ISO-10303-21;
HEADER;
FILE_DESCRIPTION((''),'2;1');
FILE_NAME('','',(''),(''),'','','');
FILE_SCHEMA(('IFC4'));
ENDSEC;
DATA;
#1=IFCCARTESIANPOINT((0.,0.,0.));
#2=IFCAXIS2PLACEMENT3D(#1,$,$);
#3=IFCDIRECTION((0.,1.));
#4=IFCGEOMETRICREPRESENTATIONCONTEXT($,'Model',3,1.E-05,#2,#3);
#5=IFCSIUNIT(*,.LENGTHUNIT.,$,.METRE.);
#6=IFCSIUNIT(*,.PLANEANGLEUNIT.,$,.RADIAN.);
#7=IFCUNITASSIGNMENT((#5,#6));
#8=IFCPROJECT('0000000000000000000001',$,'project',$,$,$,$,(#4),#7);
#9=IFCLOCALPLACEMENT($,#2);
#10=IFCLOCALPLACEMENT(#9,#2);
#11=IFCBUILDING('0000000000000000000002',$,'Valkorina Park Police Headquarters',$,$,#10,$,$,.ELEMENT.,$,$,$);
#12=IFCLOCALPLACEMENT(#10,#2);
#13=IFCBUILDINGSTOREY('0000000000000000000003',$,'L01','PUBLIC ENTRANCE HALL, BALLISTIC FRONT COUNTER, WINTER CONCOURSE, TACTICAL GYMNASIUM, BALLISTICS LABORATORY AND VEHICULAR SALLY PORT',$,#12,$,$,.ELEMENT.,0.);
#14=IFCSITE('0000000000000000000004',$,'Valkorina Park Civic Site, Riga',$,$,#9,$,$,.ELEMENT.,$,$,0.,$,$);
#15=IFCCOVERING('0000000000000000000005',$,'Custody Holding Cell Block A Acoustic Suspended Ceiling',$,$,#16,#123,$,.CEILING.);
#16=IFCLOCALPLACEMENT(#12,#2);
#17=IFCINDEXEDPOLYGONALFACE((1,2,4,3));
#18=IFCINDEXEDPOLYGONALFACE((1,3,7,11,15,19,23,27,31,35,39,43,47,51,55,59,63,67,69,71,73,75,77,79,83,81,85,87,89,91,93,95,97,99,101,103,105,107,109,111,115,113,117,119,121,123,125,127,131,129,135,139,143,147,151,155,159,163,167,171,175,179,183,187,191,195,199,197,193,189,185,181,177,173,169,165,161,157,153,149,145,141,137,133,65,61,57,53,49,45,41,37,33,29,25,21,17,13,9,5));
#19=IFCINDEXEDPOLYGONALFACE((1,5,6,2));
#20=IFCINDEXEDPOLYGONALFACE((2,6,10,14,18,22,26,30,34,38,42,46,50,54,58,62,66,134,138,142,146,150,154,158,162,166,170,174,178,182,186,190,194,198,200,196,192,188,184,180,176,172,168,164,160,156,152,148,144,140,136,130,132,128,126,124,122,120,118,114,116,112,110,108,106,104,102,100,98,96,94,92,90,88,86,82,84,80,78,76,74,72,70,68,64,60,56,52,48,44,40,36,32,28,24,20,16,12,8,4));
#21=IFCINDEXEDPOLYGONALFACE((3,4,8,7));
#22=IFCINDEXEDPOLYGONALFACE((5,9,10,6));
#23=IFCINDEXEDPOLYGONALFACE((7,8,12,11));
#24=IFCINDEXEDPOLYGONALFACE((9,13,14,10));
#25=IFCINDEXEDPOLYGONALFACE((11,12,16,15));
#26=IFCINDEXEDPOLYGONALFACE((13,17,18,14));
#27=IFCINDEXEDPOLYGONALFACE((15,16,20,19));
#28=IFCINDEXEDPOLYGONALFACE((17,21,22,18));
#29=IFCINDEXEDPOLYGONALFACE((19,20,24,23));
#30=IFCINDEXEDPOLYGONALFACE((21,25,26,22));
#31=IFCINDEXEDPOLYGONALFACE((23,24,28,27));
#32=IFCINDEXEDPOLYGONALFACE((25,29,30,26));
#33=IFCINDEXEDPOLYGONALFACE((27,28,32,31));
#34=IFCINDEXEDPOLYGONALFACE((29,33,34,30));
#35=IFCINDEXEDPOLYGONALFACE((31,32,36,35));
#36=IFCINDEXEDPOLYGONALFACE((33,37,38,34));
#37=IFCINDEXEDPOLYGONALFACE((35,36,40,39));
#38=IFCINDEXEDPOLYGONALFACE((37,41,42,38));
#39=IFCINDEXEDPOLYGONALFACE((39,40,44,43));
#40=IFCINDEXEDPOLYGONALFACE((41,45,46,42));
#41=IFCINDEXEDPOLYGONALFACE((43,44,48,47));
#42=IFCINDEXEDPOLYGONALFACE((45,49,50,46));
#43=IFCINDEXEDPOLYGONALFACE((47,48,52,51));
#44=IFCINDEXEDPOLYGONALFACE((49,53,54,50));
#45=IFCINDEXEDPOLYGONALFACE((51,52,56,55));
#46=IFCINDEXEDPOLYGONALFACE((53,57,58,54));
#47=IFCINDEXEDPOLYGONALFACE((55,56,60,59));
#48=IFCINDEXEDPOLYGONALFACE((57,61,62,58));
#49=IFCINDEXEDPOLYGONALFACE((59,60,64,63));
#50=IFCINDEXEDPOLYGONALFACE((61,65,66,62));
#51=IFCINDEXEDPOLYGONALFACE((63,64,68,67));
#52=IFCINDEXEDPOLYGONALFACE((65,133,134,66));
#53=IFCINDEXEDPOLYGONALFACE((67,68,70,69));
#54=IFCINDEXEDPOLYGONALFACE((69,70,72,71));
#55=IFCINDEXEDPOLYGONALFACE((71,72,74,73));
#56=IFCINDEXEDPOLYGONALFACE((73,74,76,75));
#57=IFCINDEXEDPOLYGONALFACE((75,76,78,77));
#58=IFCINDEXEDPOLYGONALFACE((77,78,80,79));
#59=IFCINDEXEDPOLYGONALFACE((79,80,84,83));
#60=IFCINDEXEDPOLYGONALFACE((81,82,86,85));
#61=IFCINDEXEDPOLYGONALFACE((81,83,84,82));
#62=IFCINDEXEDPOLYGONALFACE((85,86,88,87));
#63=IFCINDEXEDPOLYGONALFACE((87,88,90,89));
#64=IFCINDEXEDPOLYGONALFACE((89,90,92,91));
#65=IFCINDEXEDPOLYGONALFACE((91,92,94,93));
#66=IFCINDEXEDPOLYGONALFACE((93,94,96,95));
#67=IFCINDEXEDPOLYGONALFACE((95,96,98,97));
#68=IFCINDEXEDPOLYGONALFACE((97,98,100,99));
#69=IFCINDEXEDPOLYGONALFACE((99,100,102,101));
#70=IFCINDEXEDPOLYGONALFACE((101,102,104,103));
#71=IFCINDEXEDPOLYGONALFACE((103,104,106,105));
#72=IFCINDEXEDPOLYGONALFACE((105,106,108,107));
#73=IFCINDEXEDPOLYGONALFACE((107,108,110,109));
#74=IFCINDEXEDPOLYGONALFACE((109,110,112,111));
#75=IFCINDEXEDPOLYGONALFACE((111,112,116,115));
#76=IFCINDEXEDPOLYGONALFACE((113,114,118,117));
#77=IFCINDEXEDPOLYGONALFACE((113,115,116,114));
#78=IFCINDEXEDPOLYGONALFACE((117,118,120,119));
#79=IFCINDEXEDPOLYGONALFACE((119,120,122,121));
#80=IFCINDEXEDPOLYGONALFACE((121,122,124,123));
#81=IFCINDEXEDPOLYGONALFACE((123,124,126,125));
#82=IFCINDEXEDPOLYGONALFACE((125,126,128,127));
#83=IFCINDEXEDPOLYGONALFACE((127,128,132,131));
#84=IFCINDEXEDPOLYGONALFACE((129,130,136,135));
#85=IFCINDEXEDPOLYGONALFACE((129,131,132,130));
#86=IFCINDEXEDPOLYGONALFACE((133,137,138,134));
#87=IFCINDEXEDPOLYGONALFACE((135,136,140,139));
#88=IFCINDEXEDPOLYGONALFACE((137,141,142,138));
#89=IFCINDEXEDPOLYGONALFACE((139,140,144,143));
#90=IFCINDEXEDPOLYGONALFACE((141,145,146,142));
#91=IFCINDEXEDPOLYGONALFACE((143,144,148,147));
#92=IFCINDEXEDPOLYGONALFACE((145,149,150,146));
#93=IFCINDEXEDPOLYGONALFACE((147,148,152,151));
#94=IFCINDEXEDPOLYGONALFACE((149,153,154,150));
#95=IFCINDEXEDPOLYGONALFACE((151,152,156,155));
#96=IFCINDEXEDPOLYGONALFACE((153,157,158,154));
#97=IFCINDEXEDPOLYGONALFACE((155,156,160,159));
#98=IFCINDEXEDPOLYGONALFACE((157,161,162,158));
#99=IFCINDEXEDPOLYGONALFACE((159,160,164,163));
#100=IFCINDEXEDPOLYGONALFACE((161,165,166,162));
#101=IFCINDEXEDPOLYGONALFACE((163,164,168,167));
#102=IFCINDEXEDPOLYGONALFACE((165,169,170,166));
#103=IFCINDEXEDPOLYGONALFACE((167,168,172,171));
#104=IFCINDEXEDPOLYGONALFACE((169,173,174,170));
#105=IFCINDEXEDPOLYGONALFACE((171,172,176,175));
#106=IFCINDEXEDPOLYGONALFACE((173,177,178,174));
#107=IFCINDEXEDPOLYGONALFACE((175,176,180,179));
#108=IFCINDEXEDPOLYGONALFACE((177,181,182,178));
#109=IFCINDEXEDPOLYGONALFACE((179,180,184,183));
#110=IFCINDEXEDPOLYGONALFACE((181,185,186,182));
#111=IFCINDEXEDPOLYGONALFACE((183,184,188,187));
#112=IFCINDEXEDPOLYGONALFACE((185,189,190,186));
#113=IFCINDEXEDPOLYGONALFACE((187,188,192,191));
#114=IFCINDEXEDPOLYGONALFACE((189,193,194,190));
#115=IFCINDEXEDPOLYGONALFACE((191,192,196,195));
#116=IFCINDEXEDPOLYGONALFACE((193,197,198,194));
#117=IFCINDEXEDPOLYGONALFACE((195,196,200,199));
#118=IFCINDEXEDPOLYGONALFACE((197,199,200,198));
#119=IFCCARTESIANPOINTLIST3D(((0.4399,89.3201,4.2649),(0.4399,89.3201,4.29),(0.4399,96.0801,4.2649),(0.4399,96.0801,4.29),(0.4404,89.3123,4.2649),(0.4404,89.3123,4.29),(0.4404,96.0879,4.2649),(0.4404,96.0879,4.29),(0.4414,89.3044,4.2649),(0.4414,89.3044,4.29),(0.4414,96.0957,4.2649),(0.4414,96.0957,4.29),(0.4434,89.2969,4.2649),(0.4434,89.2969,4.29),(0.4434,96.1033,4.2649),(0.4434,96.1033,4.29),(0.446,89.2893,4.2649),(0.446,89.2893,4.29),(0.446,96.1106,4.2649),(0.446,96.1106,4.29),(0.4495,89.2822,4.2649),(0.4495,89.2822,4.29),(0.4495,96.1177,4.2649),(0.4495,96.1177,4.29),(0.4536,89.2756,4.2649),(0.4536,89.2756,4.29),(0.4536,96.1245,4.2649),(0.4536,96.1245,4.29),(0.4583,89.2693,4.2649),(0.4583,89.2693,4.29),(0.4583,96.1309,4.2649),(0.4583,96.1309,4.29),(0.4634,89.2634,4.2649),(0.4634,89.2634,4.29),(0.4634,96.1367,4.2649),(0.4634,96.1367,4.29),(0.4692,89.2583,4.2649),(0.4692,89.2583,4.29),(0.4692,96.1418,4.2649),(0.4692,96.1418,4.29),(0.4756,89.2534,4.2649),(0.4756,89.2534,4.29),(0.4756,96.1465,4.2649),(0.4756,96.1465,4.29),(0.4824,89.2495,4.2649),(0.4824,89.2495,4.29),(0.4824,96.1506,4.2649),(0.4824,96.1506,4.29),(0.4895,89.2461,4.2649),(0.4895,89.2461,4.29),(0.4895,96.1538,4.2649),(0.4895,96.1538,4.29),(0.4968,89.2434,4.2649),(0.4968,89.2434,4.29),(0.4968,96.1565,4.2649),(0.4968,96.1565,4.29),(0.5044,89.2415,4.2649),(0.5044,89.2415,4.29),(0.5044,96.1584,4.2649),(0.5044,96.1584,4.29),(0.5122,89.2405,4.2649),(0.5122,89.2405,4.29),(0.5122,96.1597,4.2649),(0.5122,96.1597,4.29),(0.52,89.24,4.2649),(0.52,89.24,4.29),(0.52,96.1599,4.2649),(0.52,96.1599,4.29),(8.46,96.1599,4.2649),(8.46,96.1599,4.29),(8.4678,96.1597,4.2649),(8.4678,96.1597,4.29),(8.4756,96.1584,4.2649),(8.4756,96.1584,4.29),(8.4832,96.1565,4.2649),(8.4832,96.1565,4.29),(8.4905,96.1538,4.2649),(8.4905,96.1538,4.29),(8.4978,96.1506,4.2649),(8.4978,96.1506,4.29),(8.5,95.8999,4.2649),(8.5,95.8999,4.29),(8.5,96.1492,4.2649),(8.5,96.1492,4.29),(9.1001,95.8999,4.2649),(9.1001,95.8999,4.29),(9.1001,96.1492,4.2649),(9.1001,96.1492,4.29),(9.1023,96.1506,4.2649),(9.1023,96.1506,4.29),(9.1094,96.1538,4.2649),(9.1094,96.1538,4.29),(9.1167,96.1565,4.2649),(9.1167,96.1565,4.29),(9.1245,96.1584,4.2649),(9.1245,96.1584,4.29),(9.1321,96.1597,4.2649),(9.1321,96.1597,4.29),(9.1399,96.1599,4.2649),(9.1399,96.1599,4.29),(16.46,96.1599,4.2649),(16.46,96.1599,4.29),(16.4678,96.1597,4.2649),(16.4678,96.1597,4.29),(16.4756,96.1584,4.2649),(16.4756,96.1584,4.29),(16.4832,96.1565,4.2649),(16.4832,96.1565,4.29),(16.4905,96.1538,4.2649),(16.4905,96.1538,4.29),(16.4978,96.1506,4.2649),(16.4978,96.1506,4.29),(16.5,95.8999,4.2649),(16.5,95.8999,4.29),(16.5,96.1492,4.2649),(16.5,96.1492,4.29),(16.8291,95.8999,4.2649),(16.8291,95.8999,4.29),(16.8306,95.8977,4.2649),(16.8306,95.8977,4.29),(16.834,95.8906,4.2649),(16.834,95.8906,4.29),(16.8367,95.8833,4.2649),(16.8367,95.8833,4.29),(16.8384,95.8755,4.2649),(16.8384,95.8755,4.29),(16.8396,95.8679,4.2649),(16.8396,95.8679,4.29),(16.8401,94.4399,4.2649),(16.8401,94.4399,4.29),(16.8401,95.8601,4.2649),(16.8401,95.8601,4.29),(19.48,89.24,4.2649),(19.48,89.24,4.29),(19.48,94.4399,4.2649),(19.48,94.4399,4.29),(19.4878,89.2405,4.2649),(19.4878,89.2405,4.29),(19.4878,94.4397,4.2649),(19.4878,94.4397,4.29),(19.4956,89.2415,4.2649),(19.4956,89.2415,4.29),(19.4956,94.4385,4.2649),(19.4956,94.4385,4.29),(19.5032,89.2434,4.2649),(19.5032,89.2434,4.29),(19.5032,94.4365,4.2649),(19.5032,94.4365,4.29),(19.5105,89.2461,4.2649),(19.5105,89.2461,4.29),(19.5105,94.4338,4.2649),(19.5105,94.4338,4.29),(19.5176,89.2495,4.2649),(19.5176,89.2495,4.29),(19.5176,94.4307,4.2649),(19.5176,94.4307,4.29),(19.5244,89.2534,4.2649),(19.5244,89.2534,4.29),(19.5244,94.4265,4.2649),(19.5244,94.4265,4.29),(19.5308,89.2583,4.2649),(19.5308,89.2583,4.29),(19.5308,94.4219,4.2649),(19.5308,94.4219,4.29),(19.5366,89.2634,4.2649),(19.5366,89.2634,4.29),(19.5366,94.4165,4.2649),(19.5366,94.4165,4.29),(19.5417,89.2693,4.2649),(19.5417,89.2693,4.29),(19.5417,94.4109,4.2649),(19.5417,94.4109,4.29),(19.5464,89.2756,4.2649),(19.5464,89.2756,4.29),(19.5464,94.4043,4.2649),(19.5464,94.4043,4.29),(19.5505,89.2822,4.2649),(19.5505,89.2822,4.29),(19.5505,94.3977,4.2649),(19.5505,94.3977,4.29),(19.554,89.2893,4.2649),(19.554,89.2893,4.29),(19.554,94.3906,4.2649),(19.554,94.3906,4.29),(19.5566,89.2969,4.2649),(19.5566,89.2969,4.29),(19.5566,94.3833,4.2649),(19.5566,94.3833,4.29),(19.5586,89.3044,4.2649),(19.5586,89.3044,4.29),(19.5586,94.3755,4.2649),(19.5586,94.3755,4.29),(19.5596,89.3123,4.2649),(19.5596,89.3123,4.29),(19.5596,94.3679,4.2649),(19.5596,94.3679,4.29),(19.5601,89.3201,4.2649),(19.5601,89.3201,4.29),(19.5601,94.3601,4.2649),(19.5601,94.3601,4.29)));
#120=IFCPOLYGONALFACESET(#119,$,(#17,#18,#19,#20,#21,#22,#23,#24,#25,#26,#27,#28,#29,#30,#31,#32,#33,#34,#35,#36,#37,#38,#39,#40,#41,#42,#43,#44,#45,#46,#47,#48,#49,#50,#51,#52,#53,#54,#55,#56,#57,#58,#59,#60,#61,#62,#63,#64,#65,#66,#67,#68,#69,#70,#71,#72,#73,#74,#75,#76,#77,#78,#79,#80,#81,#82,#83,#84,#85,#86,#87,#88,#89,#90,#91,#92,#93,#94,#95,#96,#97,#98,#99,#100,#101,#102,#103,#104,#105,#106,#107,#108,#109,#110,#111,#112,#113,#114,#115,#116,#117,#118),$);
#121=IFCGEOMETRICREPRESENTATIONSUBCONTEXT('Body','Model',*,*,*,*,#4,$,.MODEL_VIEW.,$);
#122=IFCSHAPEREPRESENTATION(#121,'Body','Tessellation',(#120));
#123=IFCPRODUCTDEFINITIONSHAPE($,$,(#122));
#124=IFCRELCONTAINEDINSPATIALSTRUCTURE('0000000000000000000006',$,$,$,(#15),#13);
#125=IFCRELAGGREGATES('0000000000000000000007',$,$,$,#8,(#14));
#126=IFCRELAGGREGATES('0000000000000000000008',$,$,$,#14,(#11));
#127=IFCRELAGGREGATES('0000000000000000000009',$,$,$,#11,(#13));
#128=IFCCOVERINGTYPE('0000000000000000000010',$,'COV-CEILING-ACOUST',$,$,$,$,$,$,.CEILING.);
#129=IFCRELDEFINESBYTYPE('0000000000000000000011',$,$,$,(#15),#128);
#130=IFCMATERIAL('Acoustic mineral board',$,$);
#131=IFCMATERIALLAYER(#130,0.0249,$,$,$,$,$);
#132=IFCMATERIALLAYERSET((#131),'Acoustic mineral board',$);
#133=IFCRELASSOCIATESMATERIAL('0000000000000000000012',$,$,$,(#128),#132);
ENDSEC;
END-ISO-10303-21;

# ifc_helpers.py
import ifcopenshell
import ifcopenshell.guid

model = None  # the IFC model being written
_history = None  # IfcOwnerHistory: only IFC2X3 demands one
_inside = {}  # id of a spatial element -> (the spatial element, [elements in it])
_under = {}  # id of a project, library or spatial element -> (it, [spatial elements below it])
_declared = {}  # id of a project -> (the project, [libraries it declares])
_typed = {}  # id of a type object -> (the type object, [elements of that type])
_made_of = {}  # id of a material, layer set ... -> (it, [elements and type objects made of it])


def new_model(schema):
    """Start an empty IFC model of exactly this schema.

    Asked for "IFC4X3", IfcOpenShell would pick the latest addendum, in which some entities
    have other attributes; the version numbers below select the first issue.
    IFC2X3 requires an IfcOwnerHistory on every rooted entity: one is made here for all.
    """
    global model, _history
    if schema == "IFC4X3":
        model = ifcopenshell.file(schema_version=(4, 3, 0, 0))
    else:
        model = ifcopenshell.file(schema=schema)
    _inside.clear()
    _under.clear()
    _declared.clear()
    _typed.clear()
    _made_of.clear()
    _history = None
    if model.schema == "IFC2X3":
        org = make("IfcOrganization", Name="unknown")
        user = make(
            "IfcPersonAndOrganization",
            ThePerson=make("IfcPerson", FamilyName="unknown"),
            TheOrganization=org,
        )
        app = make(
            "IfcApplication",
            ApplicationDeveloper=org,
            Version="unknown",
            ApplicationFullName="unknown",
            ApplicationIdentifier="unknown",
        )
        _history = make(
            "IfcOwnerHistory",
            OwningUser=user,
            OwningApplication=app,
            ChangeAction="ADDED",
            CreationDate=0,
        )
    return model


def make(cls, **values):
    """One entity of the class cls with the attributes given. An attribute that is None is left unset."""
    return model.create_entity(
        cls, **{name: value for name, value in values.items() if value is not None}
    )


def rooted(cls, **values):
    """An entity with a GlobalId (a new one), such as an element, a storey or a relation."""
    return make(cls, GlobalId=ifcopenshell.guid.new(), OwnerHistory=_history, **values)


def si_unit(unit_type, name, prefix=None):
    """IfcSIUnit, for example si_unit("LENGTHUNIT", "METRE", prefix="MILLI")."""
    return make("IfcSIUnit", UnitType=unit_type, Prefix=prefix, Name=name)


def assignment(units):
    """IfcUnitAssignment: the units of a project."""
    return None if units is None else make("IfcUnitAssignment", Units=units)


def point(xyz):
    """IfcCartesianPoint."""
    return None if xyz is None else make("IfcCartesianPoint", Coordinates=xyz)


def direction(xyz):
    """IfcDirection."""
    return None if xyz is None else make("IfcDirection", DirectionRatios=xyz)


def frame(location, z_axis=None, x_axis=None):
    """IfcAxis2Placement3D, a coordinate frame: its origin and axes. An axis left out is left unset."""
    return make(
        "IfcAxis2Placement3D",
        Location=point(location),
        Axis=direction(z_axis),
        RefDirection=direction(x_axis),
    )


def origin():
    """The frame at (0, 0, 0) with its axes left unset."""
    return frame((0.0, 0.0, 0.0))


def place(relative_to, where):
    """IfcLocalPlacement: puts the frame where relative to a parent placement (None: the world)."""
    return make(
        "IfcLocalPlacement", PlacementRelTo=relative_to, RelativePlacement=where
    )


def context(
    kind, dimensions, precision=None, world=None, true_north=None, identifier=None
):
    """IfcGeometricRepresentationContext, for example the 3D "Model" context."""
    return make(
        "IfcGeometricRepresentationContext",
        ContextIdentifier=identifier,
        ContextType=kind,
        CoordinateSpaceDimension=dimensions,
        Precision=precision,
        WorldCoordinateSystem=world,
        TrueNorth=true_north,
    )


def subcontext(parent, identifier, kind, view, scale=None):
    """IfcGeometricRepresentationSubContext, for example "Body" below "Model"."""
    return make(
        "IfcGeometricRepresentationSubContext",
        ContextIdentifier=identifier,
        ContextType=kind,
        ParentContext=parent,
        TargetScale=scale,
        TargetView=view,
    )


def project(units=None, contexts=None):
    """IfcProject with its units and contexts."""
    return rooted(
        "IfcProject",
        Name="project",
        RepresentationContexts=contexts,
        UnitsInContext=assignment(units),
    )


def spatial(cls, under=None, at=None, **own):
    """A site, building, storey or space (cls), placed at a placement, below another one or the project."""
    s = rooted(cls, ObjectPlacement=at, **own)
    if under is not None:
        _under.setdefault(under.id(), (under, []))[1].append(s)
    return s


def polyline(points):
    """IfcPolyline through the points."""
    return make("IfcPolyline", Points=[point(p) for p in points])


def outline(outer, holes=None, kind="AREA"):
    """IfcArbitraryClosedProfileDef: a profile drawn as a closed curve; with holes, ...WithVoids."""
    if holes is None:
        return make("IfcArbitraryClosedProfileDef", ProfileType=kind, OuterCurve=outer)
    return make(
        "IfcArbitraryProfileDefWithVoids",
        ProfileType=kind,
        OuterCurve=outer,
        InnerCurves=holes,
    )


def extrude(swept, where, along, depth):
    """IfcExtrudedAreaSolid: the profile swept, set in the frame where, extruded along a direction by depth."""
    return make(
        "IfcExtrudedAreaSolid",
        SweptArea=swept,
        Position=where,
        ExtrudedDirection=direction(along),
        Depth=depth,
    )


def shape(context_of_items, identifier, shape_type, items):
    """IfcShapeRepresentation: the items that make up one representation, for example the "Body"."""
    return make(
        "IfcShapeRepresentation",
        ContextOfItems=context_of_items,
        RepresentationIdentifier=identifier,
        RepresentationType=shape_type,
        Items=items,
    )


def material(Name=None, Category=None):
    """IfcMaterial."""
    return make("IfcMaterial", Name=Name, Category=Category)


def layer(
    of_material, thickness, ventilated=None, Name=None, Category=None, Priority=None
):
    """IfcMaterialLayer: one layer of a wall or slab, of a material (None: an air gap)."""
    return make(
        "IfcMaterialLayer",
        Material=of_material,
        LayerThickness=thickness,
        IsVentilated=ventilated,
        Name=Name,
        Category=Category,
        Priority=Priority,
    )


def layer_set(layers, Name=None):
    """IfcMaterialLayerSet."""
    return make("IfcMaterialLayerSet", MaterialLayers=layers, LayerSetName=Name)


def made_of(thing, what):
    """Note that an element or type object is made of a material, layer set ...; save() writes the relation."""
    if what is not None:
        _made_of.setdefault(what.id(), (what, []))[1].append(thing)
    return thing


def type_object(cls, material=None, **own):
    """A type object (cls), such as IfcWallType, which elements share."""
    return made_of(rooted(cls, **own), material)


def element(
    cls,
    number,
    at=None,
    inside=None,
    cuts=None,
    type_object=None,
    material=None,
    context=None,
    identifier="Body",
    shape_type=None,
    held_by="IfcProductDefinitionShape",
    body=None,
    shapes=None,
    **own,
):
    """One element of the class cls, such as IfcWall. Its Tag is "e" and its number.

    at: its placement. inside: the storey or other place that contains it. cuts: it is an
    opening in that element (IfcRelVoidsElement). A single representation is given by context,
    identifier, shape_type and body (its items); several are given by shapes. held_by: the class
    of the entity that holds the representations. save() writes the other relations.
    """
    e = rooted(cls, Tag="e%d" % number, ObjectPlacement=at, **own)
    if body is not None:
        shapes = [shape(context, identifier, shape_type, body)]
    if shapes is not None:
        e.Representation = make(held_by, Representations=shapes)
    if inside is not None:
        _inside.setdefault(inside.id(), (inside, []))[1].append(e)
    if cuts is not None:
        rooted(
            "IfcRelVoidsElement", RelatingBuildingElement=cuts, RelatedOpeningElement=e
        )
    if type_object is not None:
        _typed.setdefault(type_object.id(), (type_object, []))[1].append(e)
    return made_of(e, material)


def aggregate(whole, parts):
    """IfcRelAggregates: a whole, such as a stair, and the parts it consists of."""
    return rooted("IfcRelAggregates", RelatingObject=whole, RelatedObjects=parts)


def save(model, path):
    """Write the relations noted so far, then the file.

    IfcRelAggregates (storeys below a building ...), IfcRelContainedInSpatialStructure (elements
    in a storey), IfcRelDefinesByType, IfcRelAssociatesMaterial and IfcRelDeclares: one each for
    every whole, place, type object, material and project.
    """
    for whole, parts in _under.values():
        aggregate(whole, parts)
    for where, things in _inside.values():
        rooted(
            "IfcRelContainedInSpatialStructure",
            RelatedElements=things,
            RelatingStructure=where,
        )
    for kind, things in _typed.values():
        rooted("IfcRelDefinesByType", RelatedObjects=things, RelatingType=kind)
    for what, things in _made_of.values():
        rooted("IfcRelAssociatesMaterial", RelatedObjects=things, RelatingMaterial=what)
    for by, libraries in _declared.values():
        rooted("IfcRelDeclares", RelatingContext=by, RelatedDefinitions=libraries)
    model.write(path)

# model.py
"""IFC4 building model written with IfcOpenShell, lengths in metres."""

from ifc_helpers import new_model, si_unit, direction, frame, origin, place, context, subcontext, project, spatial, polyline, outline, extrude, material, layer, layer_set, type_object, element, save


model = new_model("IFC4")

# Units and contexts
model_context = context("Model", 3, precision=1e-05, world=origin(), true_north=direction((0.0, 1.0)))
body_context = subcontext(model_context, "Body", "Model", "MODEL_VIEW")
ifc_project = project(units=[si_unit("LENGTHUNIT", "METRE"), si_unit("PLANEANGLEUNIT", "RADIAN")], contexts=[model_context])

# Site, building, storey
site_placement = place(None, origin())
site = spatial("IfcSite", under=ifc_project, at=site_placement, Name="Valkorina Park Civic Site, Riga", CompositionType="ELEMENT", RefElevation=0.0)
building_placement = place(site_placement, origin())
building = spatial("IfcBuilding", under=site, at=building_placement, Name="Valkorina Park Police Headquarters", CompositionType="ELEMENT")
storey_placement = place(building_placement, origin())
storey = spatial("IfcBuildingStorey", under=building, at=storey_placement, Name="L01", Description="PUBLIC ENTRANCE HALL, BALLISTIC FRONT COUNTER, WINTER CONCOURSE, TACTICAL GYMNASIUM, BALLISTICS LABORATORY AND VEHICULAR SALLY PORT", CompositionType="ELEMENT", Elevation=0.0)

# Covering
ifc_material_1 = material(Name="Acoustic mineral board")
ifc_layer_1 = layer(ifc_material_1, 0.0249)
ifc_layer_set_1 = layer_set([ifc_layer_1], Name="Acoustic mineral board")
covering_type_1 = type_object("IfcCoveringType", Name="COV-CEILING-ACOUST", PredefinedType="CEILING", material=ifc_layer_set_1)
covering_1_placement = place(storey_placement, frame((0.0, 0.0, 4.2649)))
element("IfcCovering", 1, at=covering_1_placement, inside=storey, type_object=covering_type_1, Name="Custody Holding Cell Block A Acoustic Suspended Ceiling", PredefinedType="CEILING", context=body_context, shape_type="SweptSolid", body=[
    extrude(outline(polyline([(19.4878, 94.4397), (19.48, 94.4399), (16.8401, 94.4399), (16.8401, 95.8601), (16.8396, 95.8679), (16.8384, 95.8755), (16.8367, 95.8833), (16.834, 95.8906), (16.8306, 95.8977), (16.8291, 95.8999), (16.5, 95.8999), (16.5, 96.1492), (16.4978, 96.1506), (16.4905, 96.1538), (16.4832, 96.1565), (16.4756, 96.1584), (16.4678, 96.1597), (16.46, 96.1599), (9.1399, 96.1599), (9.1321, 96.1597), (9.1245, 96.1584), (9.1167, 96.1565), (9.1094, 96.1538), (9.1023, 96.1506), (9.1001, 96.1492), (9.1001, 95.8999), (8.5, 95.8999), (8.5, 96.1492), (8.4978, 96.1506), (8.4905, 96.1538), (8.4832, 96.1565), (8.4756, 96.1584), (8.4678, 96.1597), (8.46, 96.1599), (0.52, 96.1599), (0.5122, 96.1597), (0.5044, 96.1584), (0.4968, 96.1565), (0.4895, 96.1538), (0.4824, 96.1506), (0.4756, 96.1465), (0.4692, 96.1418), (0.4634, 96.1367), (0.4583, 96.1309), (0.4536, 96.1245), (0.4495, 96.1177), (0.446, 96.1106), (0.4434, 96.1033), (0.4414, 96.0957), (0.4404, 96.0879), (0.4399, 96.0801), (0.4399, 89.3201), (0.4404, 89.3123), (0.4414, 89.3044), (0.4434, 89.2969), (0.446, 89.2893), (0.4495, 89.2822), (0.4536, 89.2756), (0.4583, 89.2693), (0.4634, 89.2634), (0.4692, 89.2583), (0.4756, 89.2534), (0.4824, 89.2495), (0.4895, 89.2461), (0.4968, 89.2434), (0.5044, 89.2415), (0.5122, 89.2405), (0.52, 89.24), (19.48, 89.24), (19.4878, 89.2405), (19.4956, 89.2415), (19.5032, 89.2434), (19.5105, 89.2461), (19.5176, 89.2495), (19.5244, 89.2534), (19.5308, 89.2583), (19.5366, 89.2634), (19.5417, 89.2693), (19.5464, 89.2756), (19.5505, 89.2822), (19.554, 89.2893), (19.5566, 89.2969), (19.5586, 89.3044), (19.5596, 89.3123), (19.5601, 89.3201), (19.5601, 94.3601), (19.5596, 94.3679), (19.5586, 94.3755), (19.5566, 94.3833), (19.554, 94.3906), (19.5505, 94.3977), (19.5464, 94.4043), (19.5417, 94.4109), (19.5366, 94.4165), (19.5308, 94.4219), (19.5244, 94.4265), (19.5176, 94.4307), (19.5105, 94.4338), (19.5032, 94.4365), (19.4956, 94.4385), (19.4878, 94.4397)])), origin(), (0.0, 0.0, 1.0), 0.0251),
])

save(model, "model.ifc")
